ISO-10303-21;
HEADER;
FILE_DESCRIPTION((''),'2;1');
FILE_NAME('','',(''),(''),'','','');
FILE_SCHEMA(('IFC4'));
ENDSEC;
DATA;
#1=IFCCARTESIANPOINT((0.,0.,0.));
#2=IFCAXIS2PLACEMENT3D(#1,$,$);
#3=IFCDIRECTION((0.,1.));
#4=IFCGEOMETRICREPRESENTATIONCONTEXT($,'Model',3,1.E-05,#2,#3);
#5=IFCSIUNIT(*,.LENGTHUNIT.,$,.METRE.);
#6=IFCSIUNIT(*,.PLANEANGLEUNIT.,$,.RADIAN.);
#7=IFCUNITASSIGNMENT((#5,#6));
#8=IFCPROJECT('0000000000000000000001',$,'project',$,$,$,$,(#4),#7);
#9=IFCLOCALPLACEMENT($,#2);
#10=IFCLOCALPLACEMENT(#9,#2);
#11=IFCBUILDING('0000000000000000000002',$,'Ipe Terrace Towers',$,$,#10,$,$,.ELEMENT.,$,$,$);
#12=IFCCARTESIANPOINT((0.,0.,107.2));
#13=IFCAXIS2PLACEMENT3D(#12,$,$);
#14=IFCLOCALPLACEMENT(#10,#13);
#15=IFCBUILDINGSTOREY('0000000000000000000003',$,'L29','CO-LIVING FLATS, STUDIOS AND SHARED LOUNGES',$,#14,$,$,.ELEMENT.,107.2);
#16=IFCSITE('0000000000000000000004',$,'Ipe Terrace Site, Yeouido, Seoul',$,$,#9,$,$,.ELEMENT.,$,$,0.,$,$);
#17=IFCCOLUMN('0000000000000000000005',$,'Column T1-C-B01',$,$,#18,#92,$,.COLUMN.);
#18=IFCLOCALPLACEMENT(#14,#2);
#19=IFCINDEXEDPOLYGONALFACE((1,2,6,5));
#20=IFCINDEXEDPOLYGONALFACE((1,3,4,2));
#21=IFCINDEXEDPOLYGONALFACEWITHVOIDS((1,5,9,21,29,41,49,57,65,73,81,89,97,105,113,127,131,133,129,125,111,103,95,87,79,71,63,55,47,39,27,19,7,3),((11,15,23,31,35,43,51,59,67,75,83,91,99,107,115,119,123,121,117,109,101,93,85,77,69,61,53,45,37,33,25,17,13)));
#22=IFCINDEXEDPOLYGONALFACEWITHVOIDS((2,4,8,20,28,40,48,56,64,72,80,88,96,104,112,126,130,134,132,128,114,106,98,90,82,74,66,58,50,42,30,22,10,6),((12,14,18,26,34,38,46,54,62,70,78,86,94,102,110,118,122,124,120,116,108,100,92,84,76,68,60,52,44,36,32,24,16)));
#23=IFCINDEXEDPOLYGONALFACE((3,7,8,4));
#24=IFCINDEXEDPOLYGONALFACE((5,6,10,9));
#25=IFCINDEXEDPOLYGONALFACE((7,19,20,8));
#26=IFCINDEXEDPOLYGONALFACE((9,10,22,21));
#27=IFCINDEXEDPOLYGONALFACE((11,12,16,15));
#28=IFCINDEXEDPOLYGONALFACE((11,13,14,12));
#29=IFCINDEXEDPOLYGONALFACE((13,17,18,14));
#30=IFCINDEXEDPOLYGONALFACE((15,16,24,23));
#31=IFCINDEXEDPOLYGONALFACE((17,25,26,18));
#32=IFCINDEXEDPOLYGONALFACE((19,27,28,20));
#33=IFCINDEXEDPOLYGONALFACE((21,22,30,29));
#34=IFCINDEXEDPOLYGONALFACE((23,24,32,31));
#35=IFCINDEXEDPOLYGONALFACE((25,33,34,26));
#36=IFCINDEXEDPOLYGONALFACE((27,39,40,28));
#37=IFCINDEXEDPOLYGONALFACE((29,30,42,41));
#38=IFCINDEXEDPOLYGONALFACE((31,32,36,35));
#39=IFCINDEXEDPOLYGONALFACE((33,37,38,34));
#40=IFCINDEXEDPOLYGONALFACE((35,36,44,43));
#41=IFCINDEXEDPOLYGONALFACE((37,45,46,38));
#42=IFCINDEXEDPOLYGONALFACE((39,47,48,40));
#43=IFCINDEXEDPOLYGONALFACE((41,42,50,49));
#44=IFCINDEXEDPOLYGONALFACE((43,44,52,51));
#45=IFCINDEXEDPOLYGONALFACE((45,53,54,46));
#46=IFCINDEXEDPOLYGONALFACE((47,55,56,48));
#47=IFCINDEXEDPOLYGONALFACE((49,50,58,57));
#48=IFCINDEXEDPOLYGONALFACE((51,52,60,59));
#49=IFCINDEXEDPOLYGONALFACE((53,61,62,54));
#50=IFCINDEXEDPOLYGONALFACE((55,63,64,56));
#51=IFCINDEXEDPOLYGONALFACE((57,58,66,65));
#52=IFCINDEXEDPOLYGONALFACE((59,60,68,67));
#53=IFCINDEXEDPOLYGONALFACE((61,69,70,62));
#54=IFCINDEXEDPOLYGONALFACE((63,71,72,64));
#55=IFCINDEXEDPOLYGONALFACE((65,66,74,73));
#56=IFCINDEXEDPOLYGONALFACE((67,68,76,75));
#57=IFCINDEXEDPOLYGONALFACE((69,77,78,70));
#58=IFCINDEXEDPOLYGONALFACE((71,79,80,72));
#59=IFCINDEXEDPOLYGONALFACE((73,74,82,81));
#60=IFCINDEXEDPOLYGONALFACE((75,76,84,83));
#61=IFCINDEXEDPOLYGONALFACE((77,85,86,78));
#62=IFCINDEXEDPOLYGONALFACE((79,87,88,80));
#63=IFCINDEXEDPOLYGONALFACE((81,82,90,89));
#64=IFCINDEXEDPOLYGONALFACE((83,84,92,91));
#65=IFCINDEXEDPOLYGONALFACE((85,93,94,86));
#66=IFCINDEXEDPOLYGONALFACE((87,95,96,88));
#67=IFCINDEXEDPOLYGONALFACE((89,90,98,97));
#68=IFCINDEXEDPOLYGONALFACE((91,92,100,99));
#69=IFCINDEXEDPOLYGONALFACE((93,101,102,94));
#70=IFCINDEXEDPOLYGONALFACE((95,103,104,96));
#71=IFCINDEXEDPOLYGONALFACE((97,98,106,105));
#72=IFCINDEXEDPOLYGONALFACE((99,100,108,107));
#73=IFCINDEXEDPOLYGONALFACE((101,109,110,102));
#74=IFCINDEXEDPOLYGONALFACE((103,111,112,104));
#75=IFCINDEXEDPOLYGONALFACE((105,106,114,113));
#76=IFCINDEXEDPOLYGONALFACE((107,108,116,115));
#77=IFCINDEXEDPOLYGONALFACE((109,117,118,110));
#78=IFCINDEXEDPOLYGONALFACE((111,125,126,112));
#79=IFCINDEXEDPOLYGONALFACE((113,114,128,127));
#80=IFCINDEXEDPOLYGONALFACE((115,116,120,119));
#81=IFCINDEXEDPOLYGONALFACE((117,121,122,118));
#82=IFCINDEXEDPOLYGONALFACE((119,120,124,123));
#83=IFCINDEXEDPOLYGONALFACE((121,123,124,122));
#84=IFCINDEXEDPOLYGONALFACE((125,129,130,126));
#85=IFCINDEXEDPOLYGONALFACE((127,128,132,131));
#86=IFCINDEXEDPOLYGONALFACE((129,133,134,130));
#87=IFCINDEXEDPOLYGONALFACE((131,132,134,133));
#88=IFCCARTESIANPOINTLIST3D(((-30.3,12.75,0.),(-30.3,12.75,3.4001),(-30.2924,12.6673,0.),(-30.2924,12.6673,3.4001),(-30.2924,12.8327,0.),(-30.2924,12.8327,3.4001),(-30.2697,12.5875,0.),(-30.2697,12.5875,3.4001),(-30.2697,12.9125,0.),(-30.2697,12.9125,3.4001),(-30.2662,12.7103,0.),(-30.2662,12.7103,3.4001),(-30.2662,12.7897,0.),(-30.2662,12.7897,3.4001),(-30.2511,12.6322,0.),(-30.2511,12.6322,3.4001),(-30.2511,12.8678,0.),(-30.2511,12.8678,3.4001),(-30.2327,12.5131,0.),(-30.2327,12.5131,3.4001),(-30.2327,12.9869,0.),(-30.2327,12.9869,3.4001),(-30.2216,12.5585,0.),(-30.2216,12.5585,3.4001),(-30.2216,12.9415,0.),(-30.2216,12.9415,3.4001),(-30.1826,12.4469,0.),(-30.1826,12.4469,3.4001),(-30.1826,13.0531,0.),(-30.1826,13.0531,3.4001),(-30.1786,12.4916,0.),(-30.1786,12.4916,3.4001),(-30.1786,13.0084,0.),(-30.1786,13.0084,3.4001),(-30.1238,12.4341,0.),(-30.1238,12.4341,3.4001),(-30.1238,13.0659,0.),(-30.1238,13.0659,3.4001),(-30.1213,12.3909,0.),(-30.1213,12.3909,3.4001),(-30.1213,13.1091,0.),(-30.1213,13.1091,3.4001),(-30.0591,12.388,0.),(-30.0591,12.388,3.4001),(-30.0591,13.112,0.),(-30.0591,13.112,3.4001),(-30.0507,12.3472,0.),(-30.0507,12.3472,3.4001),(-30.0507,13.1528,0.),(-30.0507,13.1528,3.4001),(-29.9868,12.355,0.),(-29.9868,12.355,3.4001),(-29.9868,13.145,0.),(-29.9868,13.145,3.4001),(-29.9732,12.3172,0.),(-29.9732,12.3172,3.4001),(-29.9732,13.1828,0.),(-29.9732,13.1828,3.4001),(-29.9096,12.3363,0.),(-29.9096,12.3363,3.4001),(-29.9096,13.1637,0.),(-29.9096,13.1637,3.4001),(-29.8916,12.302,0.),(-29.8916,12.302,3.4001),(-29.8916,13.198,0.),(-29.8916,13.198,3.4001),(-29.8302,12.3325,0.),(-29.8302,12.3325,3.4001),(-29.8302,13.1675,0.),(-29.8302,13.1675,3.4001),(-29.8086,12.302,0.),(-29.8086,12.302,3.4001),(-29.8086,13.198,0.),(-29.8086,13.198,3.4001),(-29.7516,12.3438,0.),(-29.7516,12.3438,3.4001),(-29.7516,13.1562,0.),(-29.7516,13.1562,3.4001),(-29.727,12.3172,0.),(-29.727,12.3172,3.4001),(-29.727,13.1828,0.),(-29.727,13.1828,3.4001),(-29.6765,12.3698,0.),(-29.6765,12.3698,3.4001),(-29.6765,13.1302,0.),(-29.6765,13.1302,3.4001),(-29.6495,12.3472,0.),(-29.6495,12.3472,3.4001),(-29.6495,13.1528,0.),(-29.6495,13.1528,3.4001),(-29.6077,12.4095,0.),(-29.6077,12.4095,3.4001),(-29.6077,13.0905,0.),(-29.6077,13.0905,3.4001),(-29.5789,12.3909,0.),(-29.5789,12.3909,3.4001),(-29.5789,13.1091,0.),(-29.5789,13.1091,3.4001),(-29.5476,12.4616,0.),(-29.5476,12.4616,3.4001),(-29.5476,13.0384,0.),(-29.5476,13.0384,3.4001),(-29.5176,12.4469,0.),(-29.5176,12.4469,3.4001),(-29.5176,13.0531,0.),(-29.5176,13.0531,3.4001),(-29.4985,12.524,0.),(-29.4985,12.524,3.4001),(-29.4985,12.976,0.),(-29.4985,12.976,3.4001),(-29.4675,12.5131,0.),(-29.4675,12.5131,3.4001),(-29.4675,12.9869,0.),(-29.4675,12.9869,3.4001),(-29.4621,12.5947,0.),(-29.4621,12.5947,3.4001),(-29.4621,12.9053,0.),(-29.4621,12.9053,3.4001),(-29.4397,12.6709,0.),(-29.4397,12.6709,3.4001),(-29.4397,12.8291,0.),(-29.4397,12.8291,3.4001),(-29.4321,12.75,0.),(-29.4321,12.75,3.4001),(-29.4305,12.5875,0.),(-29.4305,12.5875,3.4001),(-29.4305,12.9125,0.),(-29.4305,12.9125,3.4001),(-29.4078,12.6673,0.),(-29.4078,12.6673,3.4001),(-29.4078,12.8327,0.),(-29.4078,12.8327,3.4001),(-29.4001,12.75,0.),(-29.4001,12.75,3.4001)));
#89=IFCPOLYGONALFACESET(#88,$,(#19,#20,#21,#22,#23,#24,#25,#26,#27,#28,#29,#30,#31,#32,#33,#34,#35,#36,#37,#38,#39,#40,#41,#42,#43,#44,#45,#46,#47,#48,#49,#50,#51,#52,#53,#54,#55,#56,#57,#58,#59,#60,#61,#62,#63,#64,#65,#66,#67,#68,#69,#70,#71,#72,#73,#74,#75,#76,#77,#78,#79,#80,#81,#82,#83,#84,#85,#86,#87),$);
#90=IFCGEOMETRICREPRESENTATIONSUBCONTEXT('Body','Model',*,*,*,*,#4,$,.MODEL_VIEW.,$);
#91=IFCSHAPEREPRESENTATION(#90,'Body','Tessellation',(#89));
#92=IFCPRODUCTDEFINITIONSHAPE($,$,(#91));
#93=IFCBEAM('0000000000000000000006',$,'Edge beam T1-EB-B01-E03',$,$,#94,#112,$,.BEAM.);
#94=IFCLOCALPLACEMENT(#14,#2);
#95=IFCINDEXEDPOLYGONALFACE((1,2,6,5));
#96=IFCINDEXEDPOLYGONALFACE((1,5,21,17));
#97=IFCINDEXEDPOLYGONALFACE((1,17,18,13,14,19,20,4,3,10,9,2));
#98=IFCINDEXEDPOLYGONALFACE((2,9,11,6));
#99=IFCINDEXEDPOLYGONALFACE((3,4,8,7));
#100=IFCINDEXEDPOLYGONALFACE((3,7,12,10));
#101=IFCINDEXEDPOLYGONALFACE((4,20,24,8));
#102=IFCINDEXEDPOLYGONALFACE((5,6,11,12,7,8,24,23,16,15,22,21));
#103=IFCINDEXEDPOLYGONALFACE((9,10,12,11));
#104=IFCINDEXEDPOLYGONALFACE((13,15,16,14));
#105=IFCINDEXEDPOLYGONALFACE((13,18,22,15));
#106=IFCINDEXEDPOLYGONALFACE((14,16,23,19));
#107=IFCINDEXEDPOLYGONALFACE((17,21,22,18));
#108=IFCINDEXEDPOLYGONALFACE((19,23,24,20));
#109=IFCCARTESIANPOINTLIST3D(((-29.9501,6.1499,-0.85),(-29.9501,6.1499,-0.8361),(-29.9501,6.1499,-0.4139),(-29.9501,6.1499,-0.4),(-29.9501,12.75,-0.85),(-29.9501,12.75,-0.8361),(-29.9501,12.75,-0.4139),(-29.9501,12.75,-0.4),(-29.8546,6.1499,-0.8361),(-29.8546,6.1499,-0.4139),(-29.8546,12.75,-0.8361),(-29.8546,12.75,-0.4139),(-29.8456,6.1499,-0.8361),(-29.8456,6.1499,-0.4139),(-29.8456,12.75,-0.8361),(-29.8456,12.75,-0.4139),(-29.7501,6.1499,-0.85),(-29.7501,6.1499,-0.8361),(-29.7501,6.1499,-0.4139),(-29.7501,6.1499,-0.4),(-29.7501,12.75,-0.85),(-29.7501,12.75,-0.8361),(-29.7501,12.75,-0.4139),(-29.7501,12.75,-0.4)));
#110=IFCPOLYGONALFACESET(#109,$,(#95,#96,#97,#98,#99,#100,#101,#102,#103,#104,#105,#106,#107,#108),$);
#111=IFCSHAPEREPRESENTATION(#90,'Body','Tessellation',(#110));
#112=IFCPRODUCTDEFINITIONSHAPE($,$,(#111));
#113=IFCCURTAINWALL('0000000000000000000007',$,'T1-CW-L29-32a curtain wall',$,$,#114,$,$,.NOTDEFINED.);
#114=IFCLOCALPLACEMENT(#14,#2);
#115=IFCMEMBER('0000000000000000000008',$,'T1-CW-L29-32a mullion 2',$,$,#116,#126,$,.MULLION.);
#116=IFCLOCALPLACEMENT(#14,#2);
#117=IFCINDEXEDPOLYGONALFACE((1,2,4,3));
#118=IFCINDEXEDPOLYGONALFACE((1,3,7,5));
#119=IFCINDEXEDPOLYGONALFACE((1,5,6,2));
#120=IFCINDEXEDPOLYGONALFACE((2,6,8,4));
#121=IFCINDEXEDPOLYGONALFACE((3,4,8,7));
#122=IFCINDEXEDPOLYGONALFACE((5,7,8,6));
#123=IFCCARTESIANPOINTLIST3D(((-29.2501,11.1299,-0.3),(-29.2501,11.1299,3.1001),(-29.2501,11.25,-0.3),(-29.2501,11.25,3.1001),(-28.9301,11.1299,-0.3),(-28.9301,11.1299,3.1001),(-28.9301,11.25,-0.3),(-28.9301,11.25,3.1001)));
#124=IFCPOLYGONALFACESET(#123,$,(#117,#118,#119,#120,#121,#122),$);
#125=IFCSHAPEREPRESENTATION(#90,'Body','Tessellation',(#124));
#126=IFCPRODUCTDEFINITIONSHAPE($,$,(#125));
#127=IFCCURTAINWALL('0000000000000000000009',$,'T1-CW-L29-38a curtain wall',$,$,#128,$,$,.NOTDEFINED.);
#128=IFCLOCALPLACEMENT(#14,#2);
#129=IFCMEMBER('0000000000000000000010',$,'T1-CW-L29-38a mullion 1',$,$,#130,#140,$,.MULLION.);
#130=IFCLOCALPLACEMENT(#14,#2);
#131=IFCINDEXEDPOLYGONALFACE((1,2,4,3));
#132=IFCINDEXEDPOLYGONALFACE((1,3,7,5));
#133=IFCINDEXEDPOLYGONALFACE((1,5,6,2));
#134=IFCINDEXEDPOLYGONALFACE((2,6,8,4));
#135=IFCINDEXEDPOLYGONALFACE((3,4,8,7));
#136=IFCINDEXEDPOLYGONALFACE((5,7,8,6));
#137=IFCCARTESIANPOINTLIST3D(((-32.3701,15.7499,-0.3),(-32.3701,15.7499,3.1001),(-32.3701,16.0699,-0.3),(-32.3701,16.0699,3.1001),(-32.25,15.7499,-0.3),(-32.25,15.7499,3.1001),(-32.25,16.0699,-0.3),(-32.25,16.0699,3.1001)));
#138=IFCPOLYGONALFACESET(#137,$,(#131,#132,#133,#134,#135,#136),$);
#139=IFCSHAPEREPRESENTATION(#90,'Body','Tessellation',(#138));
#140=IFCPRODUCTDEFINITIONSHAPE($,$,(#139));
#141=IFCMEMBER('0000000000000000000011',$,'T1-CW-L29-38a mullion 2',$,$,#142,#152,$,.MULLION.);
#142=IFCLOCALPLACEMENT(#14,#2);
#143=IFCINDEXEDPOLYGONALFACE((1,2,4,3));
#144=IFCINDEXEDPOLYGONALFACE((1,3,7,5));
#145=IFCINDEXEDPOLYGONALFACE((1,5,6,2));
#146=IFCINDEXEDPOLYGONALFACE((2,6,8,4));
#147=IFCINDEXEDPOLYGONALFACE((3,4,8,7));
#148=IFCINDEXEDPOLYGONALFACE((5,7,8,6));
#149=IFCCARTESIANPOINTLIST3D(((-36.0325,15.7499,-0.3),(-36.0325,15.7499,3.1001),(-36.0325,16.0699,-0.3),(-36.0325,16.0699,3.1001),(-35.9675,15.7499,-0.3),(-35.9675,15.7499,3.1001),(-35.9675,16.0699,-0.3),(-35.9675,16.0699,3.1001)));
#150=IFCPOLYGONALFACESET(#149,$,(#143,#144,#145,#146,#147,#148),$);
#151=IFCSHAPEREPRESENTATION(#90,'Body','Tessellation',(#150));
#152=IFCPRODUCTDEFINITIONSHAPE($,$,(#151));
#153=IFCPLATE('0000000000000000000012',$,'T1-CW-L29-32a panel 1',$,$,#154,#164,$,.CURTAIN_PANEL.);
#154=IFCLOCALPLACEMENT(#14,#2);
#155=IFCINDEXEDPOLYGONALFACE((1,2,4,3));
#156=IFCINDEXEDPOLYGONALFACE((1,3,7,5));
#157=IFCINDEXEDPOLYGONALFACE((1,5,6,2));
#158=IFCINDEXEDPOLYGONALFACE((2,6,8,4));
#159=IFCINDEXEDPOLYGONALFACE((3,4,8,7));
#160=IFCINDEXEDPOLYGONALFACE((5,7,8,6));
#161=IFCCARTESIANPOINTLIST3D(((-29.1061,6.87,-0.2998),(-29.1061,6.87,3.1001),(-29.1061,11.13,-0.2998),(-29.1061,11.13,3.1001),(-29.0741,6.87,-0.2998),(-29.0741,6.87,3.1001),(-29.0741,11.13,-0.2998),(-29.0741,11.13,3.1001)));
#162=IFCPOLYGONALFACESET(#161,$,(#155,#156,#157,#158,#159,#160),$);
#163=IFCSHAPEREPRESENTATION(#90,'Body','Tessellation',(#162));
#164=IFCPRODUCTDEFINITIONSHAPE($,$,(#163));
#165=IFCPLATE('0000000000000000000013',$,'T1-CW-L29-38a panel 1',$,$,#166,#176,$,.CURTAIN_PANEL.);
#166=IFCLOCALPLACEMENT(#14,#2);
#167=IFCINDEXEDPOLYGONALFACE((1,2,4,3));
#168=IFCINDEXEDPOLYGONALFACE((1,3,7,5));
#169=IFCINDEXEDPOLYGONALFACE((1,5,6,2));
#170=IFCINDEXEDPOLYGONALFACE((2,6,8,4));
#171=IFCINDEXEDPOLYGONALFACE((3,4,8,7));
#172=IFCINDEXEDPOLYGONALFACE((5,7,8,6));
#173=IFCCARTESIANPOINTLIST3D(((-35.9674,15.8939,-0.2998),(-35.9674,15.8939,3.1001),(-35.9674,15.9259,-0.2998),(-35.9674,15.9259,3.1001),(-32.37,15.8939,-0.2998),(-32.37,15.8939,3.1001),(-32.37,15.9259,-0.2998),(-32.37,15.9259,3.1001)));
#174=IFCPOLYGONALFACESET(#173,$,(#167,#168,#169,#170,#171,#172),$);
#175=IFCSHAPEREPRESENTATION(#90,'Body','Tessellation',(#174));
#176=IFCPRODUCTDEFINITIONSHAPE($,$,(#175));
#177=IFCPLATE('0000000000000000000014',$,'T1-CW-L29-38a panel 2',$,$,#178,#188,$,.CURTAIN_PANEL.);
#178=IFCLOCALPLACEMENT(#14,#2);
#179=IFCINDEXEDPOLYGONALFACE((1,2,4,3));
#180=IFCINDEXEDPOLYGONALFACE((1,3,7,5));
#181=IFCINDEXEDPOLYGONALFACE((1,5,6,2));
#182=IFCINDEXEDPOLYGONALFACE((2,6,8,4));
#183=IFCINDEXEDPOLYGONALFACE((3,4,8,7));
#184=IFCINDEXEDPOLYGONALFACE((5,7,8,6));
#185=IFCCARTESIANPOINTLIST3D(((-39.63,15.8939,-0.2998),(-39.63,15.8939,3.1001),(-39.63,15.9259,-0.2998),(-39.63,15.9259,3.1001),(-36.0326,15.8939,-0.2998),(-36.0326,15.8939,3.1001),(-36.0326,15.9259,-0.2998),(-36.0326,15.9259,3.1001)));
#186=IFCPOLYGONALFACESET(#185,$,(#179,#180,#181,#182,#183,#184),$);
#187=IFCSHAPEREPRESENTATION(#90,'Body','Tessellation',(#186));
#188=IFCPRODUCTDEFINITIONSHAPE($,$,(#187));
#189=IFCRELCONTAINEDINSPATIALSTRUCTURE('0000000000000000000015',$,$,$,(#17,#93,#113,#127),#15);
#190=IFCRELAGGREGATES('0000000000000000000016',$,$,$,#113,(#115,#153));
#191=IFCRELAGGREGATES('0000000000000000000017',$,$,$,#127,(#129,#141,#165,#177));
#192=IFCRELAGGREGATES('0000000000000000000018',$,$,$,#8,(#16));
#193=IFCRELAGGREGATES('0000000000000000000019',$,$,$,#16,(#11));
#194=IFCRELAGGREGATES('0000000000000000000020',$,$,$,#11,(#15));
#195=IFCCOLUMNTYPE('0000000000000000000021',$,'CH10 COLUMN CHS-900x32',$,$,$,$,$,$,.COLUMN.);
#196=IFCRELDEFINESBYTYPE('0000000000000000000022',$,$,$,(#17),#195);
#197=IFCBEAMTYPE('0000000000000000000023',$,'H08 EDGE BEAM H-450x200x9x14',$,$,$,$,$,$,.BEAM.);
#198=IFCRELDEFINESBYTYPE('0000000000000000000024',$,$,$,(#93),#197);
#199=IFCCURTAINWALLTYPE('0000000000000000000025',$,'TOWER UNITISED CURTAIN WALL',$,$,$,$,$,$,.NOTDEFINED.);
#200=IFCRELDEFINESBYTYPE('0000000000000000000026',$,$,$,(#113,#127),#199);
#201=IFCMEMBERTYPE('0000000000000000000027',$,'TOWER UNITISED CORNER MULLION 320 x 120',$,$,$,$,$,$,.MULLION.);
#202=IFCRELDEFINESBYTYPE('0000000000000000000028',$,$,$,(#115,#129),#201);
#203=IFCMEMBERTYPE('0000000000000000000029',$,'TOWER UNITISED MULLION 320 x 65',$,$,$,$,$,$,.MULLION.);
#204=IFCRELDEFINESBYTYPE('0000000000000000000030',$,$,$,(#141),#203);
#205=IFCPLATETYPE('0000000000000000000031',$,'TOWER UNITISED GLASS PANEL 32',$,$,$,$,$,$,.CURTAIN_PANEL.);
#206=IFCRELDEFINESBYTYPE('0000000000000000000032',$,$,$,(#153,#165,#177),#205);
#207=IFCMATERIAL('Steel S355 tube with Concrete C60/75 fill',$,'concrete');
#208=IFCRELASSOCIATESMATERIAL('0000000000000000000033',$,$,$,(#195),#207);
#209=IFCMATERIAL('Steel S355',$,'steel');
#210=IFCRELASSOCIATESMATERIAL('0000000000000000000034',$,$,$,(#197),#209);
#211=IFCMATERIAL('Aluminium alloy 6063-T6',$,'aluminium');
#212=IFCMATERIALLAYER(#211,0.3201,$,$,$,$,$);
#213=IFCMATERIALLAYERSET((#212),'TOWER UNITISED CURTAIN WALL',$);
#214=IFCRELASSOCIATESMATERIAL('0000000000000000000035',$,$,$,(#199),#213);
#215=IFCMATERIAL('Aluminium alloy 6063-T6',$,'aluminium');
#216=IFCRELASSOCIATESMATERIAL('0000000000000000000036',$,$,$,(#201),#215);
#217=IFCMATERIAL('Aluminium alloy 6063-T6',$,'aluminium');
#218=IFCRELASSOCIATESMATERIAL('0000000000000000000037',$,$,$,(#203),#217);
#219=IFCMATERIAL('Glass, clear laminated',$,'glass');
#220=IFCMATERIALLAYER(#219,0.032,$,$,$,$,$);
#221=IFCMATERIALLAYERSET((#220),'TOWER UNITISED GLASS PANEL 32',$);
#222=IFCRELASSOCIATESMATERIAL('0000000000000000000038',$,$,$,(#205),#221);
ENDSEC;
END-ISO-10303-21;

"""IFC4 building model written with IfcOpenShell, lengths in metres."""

from ifc_helpers import new_model, si_unit, direction, frame, origin, origin_2d, place, context, subcontext, project, spatial, rectangle, hollow_circle, i_section, extrude, material, layer, layer_set, material_profile, profile_set, type_object, element, aggregate, save


model = new_model("IFC4")

# Units and contexts
model_context = context("Model", 3, precision=1e-05, world=origin(), true_north=direction((0.0, 1.0)))
body_context = subcontext(model_context, "Body", "Model", "MODEL_VIEW")
ifc_project = project(units=[si_unit("LENGTHUNIT", "METRE"), si_unit("PLANEANGLEUNIT", "RADIAN")], contexts=[model_context])

# Site, building, storey
site_placement = place(None, origin())
site = spatial("IfcSite", under=ifc_project, at=site_placement, Name="Ipe Terrace Site, Yeouido, Seoul", CompositionType="ELEMENT", RefElevation=0.0)
building_placement = place(site_placement, origin())
building = spatial("IfcBuilding", under=site, at=building_placement, Name="Ipe Terrace Towers", CompositionType="ELEMENT")
storey_placement = place(building_placement, frame((0.0, 0.0, 107.2)))
storey = spatial("IfcBuildingStorey", under=building, at=storey_placement, Name="L29", Description="CO-LIVING FLATS, STUDIOS AND SHARED LOUNGES", CompositionType="ELEMENT", Elevation=107.2)

# Column
ifc_material_1 = material(Name="Steel S355 tube with Concrete C60/75 fill", Category="concrete")
ifc_material_profile_1 = material_profile(ifc_material_1, hollow_circle(Radius=0.45, WallThickness=0.032, at=origin_2d()), Name="CHS-900x32")
ifc_profile_set_1 = profile_set([ifc_material_profile_1], Name="Steel S355 tube with Concrete C60/75 fill")
column_type = type_object("IfcColumnType", Name="CH10 COLUMN CHS-900x32", PredefinedType="COLUMN", material=ifc_profile_set_1)
column_placement = place(storey_placement, frame((-29.8501, 12.75, 0.0), z_axis=(0.0, 0.0, 1.0), x_axis=(1.0, 0.0, 0.0)))
element("IfcColumn", 1, at=column_placement, inside=storey, type_object=column_type, Name="Column T1-C-B01", PredefinedType="COLUMN", context=body_context, shape_type="SweptSolid", body=[
    extrude(hollow_circle(Radius=0.45, WallThickness=0.032, at=origin_2d()), origin(), (0.0, 0.0, 1.0), 3.4001),
])

# Beam
ifc_material_2 = material(Name="Steel S355", Category="steel")
ifc_material_profile_2 = material_profile(ifc_material_2, i_section(OverallWidth=0.2, OverallDepth=0.45, WebThickness=0.009, FlangeThickness=0.0139, at=origin_2d()), Name="H-450x200x9x14")
ifc_profile_set_2 = profile_set([ifc_material_profile_2], Name="Steel S355")
beam_type = type_object("IfcBeamType", Name="H08 EDGE BEAM H-450x200x9x14", PredefinedType="BEAM", material=ifc_profile_set_2)
beam_placement = place(storey_placement, frame((-29.8501, 12.75, -0.625), z_axis=(0.0, -1.0, 0.0), x_axis=(1.0, 0.0, 0.0)))
element("IfcBeam", 2, at=beam_placement, inside=storey, type_object=beam_type, Name="Edge beam T1-EB-B01-E03", PredefinedType="BEAM", context=body_context, shape_type="SweptSolid", body=[
    extrude(i_section(OverallWidth=0.2, OverallDepth=0.45, WebThickness=0.009, FlangeThickness=0.0139, at=origin_2d()), origin(), (0.0, 0.0, 1.0), 6.6001),
])

# Curtain wall, member
ifc_material_3 = material(Name="Aluminium alloy 6063-T6", Category="aluminium")
ifc_layer_1 = layer(ifc_material_3, 0.3201)
ifc_layer_set_1 = layer_set([ifc_layer_1], Name="TOWER UNITISED CURTAIN WALL")
curtain_wall_type = type_object("IfcCurtainWallType", Name="TOWER UNITISED CURTAIN WALL", PredefinedType="NOTDEFINED", material=ifc_layer_set_1)
curtain_wall_1_placement = place(storey_placement, origin())
curtain_wall_1 = element("IfcCurtainWall", 3, at=curtain_wall_1_placement, inside=storey, type_object=curtain_wall_type, Name="T1-CW-L29-32a curtain wall", PredefinedType="NOTDEFINED")
ifc_material_4 = material(Name="Aluminium alloy 6063-T6", Category="aluminium")
ifc_material_profile_3 = material_profile(ifc_material_4, rectangle(XDim=0.3201, YDim=0.1201, at=origin_2d()), Name="TOWER UNITISED CORNER MULLION 320 x 120")
ifc_profile_set_3 = profile_set([ifc_material_profile_3], Name="Aluminium alloy 6063-T6")
member_type_1 = type_object("IfcMemberType", Name="TOWER UNITISED CORNER MULLION 320 x 120", PredefinedType="MULLION", material=ifc_profile_set_3)
member_1_placement = place(storey_placement, frame((-29.0901, 11.1899, -0.3), z_axis=(0.0, 0.0, 1.0), x_axis=(1.0, 0.0, 0.0)))
member_1 = element("IfcMember", 4, at=member_1_placement, type_object=member_type_1, Name="T1-CW-L29-32a mullion 2", PredefinedType="MULLION", context=body_context, shape_type="SweptSolid", body=[
    extrude(rectangle(XDim=0.3201, YDim=0.1201, at=origin_2d()), origin(), (0.0, 0.0, 1.0), 3.4001),
])

# Curtain wall, members
curtain_wall_2_placement = place(storey_placement, origin())
curtain_wall_2 = element("IfcCurtainWall", 5, at=curtain_wall_2_placement, inside=storey, type_object=curtain_wall_type, Name="T1-CW-L29-38a curtain wall", PredefinedType="NOTDEFINED")
member_2_placement = place(storey_placement, frame((-32.3101, 15.9099, -0.3), z_axis=(0.0, 0.0, 1.0), x_axis=(0.0, 1.0, 0.0)))
member_2 = element("IfcMember", 6, at=member_2_placement, type_object=member_type_1, Name="T1-CW-L29-38a mullion 1", PredefinedType="MULLION", context=body_context, shape_type="SweptSolid", body=[
    extrude(rectangle(XDim=0.3201, YDim=0.1201, at=origin_2d()), origin(), (0.0, 0.0, 1.0), 3.4001),
])
ifc_material_5 = material(Name="Aluminium alloy 6063-T6", Category="aluminium")
ifc_material_profile_4 = material_profile(ifc_material_5, rectangle(XDim=0.3201, YDim=0.0649, at=origin_2d()), Name="TOWER UNITISED MULLION 320 x 65")
ifc_profile_set_4 = profile_set([ifc_material_profile_4], Name="Aluminium alloy 6063-T6")
member_type_2 = type_object("IfcMemberType", Name="TOWER UNITISED MULLION 320 x 65", PredefinedType="MULLION", material=ifc_profile_set_4)
member_3_placement = place(storey_placement, frame((-36.0, 15.9099, -0.3), z_axis=(0.0, 0.0, 1.0), x_axis=(0.0, 1.0, 0.0)))
member_3 = element("IfcMember", 7, at=member_3_placement, type_object=member_type_2, Name="T1-CW-L29-38a mullion 2", PredefinedType="MULLION", context=body_context, shape_type="SweptSolid", body=[
    extrude(rectangle(XDim=0.3201, YDim=0.0649, at=origin_2d()), origin(), (0.0, 0.0, 1.0), 3.4001),
])

# Plates
ifc_material_6 = material(Name="Glass, clear laminated", Category="glass")
ifc_layer_2 = layer(ifc_material_6, 0.032)
ifc_layer_set_2 = layer_set([ifc_layer_2], Name="TOWER UNITISED GLASS PANEL 32")
plate_type = type_object("IfcPlateType", Name="TOWER UNITISED GLASS PANEL 32", PredefinedType="CURTAIN_PANEL", material=ifc_layer_set_2)
plate_1_placement = place(storey_placement, frame((-29.0901, 9.0, -0.2998), z_axis=(0.0, 0.0, 1.0), x_axis=(0.0, 1.0, 0.0)))
plate_1 = element("IfcPlate", 8, at=plate_1_placement, type_object=plate_type, Name="T1-CW-L29-32a panel 1", PredefinedType="CURTAIN_PANEL", context=body_context, shape_type="SweptSolid", body=[
    extrude(rectangle(XDim=4.26, YDim=0.032, at=origin_2d()), origin(), (0.0, 0.0, 1.0), 3.3999),
])
aggregate(curtain_wall_1, [member_1, plate_1])
plate_2_placement = place(storey_placement, frame((-34.1687, 15.9099, -0.2998), z_axis=(0.0, 0.0, 1.0), x_axis=(-1.0, 0.0, 0.0)))
plate_2 = element("IfcPlate", 9, at=plate_2_placement, type_object=plate_type, Name="T1-CW-L29-38a panel 1", PredefinedType="CURTAIN_PANEL", context=body_context, shape_type="SweptSolid", body=[
    extrude(rectangle(XDim=3.5974, YDim=0.032, at=origin_2d()), origin(), (0.0, 0.0, 1.0), 3.3999),
])
plate_3_placement = place(storey_placement, frame((-37.8313, 15.9099, -0.2998), z_axis=(0.0, 0.0, 1.0), x_axis=(-1.0, 0.0, 0.0)))
plate_3 = element("IfcPlate", 10, at=plate_3_placement, type_object=plate_type, Name="T1-CW-L29-38a panel 2", PredefinedType="CURTAIN_PANEL", context=body_context, shape_type="SweptSolid", body=[
    extrude(rectangle(XDim=3.5974, YDim=0.032, at=origin_2d()), origin(), (0.0, 0.0, 1.0), 3.3999),
])
aggregate(curtain_wall_2, [member_2, member_3, plate_2, plate_3])

save(model, "model.ifc")
